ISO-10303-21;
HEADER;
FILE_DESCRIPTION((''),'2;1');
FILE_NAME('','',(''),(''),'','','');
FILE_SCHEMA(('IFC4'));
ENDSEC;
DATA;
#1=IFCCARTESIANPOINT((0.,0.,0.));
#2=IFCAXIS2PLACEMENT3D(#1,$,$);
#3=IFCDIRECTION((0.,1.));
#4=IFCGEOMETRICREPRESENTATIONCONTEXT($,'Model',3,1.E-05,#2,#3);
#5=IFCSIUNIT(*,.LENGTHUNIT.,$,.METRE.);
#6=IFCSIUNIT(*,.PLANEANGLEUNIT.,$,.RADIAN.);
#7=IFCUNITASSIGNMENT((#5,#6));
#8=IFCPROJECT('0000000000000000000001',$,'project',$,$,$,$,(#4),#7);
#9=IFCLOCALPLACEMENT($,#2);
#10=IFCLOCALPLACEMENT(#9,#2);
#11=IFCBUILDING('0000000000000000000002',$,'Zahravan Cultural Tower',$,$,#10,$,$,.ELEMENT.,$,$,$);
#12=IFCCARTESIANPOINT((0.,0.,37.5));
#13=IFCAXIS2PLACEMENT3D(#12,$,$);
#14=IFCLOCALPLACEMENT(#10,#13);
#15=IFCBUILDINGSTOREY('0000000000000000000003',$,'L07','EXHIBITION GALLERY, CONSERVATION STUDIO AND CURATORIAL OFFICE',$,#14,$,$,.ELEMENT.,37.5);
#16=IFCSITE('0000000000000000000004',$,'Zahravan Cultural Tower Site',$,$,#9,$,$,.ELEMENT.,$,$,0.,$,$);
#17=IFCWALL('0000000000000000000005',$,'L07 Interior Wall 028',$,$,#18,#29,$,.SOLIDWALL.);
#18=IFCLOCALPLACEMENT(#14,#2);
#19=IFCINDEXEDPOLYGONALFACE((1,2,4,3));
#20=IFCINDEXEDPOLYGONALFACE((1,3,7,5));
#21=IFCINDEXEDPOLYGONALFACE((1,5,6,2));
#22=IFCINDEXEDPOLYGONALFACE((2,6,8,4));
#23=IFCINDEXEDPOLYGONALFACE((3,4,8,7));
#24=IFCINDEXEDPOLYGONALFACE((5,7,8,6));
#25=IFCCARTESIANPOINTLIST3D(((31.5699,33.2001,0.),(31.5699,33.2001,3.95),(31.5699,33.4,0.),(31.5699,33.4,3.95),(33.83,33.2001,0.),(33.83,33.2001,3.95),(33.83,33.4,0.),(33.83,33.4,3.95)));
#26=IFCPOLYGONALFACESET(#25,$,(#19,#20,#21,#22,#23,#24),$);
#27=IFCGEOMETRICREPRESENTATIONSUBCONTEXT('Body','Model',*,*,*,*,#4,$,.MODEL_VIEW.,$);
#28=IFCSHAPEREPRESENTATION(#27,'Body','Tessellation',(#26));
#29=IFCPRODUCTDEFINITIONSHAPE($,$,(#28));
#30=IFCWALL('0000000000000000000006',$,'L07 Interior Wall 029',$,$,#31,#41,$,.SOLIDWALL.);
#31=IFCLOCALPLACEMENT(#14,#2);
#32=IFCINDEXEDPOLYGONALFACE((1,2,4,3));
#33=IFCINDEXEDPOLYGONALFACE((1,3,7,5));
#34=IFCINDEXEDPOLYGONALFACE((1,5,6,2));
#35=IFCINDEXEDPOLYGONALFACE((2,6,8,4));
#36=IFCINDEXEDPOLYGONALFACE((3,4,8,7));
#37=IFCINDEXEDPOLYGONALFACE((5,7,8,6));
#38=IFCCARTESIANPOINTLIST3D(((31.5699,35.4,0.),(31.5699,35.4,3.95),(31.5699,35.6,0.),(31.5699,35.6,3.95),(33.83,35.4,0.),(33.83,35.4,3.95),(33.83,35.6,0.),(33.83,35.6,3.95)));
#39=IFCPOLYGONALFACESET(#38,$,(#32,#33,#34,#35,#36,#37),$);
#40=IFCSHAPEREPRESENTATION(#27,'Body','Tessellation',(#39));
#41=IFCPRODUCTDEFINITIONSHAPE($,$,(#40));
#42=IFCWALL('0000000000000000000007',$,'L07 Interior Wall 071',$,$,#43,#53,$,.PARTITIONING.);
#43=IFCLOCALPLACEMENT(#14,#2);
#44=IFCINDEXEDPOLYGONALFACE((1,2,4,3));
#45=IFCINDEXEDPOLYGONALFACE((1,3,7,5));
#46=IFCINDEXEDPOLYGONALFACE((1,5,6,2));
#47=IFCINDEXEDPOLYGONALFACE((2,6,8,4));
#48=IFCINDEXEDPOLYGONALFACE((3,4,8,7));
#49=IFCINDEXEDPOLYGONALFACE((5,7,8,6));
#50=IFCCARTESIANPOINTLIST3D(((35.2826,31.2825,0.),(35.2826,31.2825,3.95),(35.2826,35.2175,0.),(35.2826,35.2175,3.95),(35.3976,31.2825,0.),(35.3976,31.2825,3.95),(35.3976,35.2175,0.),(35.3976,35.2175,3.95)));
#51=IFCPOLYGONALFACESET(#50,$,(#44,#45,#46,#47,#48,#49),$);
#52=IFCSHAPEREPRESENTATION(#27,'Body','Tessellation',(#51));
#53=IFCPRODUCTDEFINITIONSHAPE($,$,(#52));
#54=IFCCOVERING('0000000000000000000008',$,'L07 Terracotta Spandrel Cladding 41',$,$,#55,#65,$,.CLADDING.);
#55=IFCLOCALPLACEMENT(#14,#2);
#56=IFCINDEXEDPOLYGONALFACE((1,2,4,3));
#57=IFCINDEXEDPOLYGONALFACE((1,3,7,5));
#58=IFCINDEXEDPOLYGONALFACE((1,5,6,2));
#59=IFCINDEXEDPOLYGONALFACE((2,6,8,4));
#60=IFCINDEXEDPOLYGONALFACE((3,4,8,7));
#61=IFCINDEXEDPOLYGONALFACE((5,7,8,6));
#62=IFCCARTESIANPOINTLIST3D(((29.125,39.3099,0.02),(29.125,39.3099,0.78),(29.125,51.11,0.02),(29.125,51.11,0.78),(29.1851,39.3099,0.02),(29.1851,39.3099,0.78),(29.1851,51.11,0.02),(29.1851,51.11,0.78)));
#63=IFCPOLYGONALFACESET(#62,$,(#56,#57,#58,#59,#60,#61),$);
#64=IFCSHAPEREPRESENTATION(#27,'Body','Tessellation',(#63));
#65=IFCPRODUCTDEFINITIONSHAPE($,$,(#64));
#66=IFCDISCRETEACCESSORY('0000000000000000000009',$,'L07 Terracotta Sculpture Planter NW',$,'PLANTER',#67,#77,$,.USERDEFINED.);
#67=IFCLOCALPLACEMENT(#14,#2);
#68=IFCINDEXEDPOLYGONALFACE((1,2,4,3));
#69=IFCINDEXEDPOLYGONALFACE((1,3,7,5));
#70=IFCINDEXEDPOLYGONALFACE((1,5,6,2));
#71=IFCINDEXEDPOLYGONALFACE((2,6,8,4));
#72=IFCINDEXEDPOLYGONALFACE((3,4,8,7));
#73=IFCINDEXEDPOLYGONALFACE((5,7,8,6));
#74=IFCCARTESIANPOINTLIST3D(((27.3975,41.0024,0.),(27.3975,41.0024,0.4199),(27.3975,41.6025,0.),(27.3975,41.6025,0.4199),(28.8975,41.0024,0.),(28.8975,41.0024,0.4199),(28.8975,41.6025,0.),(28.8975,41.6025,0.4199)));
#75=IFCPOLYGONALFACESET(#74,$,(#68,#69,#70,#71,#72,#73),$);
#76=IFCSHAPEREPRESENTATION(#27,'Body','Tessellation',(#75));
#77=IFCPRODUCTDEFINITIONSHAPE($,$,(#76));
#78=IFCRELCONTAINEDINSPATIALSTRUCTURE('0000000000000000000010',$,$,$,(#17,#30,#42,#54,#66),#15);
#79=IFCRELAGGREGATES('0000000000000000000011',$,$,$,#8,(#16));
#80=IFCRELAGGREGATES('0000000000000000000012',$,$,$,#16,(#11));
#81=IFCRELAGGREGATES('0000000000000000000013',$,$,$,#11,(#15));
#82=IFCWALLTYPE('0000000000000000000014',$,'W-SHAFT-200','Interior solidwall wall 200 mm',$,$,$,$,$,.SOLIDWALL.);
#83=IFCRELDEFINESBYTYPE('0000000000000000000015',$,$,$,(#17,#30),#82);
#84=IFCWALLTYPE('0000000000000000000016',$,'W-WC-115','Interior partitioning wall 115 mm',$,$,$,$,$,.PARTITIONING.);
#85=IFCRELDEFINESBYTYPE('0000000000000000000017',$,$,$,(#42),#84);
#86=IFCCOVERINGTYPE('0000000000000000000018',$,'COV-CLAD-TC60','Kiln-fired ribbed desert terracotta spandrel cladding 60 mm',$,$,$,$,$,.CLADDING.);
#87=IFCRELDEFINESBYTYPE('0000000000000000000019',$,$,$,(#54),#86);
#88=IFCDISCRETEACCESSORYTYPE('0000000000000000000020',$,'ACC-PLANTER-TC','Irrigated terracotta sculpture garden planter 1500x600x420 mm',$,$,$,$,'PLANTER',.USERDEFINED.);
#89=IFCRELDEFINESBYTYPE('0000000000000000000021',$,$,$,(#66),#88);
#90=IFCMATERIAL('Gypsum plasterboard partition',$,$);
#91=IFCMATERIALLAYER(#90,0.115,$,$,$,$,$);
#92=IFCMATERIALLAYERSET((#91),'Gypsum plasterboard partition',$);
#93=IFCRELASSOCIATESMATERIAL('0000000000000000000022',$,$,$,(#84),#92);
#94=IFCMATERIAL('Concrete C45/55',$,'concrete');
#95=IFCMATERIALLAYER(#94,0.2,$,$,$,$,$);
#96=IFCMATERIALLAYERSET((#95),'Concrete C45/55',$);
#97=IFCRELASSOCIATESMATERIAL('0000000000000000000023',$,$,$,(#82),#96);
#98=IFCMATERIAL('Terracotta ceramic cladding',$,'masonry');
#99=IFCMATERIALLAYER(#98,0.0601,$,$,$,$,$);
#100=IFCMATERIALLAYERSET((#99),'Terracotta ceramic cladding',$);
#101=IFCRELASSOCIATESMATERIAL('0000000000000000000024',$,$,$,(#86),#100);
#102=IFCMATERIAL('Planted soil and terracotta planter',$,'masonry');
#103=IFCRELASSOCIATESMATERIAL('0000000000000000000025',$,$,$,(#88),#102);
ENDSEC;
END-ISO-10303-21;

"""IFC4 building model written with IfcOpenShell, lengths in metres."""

from ifc_helpers import new_model, si_unit, direction, frame, frame_2d, origin, origin_2d, place, context, subcontext, project, spatial, rectangle, extrude, source, transform, mapped, material, layer, layer_set, type_object, element, save


model = new_model("IFC4")

# Units and contexts
model_context = context("Model", 3, precision=1e-05, world=origin(), true_north=direction((0.0, 1.0)))
body_context = subcontext(model_context, "Body", "Model", "MODEL_VIEW")
ifc_project = project(units=[si_unit("LENGTHUNIT", "METRE"), si_unit("PLANEANGLEUNIT", "RADIAN")], contexts=[model_context])

# Site, building, storey
site_placement = place(None, origin())
site = spatial("IfcSite", under=ifc_project, at=site_placement, Name="Zahravan Cultural Tower Site", CompositionType="ELEMENT", RefElevation=0.0)
building_placement = place(site_placement, origin())
building = spatial("IfcBuilding", under=site, at=building_placement, Name="Zahravan Cultural Tower", CompositionType="ELEMENT")
storey_placement = place(building_placement, frame((0.0, 0.0, 37.5)))
storey = spatial("IfcBuildingStorey", under=building, at=storey_placement, Name="L07", Description="EXHIBITION GALLERY, CONSERVATION STUDIO AND CURATORIAL OFFICE", CompositionType="ELEMENT", Elevation=37.5)

# Shared definitions
ifc_material_1 = material(Name="Gypsum plasterboard partition")
ifc_layer_1 = layer(ifc_material_1, 0.115)
ifc_layer_set_1 = layer_set([ifc_layer_1], Name="Gypsum plasterboard partition")
wall_type_1 = type_object("IfcWallType", Name="W-WC-115", Description="Interior partitioning wall 115 mm", PredefinedType="PARTITIONING", material=ifc_layer_set_1)

# Walls
ifc_material_2 = material(Name="Concrete C45/55", Category="concrete")
ifc_layer_2 = layer(ifc_material_2, 0.2)
ifc_layer_set_2 = layer_set([ifc_layer_2], Name="Concrete C45/55")
wall_type_2 = type_object("IfcWallType", Name="W-SHAFT-200", Description="Interior solidwall wall 200 mm", PredefinedType="SOLIDWALL", material=ifc_layer_set_2)
shared_shape_1 = source(origin(), body_context, "Body", "SweptSolid", [
    extrude(rectangle(XDim=2.26, YDim=0.2, at=frame_2d((1.1299, 0.0))), origin(), (0.0, 0.0, 1.0), 3.95),
])
for number, where, z_axis, x_axis, name in (
    (1, (31.5701, 33.3, 0.0), (0.0, 0.0, 1.0), (1.0, 0.0, 0.0), "L07 Interior Wall 028"),
    (2, (31.5701, 35.5, 0.0), (0.0, 0.0, 1.0), (1.0, 0.0, 0.0), "L07 Interior Wall 029"),
):
    element("IfcWall", number, at=place(storey_placement, frame(where, z_axis=z_axis, x_axis=x_axis)), inside=storey, type_object=wall_type_2, Name=name, PredefinedType="SOLIDWALL", context=body_context, shape_type="MappedRepresentation", body=[
        mapped(shared_shape_1, transform((0.0, 0.0, 0.0), x_axis=(1.0, 0.0, 0.0), y_axis=(0.0, 1.0, 0.0), z_axis=(0.0, 0.0, 1.0), scale=1.0)),
    ])
shared_shape_2 = source(origin(), body_context, "Body", "SweptSolid", [
    extrude(rectangle(XDim=3.9351, YDim=0.115, at=frame_2d((1.9675, 0.0))), origin(), (0.0, 0.0, 1.0), 3.95),
])
wall_1_placement = place(storey_placement, frame((35.3401, 35.2175, 0.0), z_axis=(0.0, 0.0, 1.0), x_axis=(0.0, -1.0, 0.0)))
element("IfcWall", 3, at=wall_1_placement, inside=storey, type_object=wall_type_1, Name="L07 Interior Wall 071", PredefinedType="PARTITIONING", context=body_context, shape_type="MappedRepresentation", body=[
    mapped(shared_shape_2, transform((0.0, 0.0, 0.0), x_axis=(1.0, 0.0, 0.0), y_axis=(0.0, 1.0, 0.0), z_axis=(0.0, 0.0, 1.0), scale=1.0)),
])

# Covering
ifc_material_3 = material(Name="Terracotta ceramic cladding", Category="masonry")
ifc_layer_3 = layer(ifc_material_3, 0.0601)
ifc_layer_set_3 = layer_set([ifc_layer_3], Name="Terracotta ceramic cladding")
covering_type = type_object("IfcCoveringType", Name="COV-CLAD-TC60", Description="Kiln-fired ribbed desert terracotta spandrel cladding 60 mm", PredefinedType="CLADDING", material=ifc_layer_set_3)
shared_shape_3 = source(origin(), body_context, "Body", "SweptSolid", [
    extrude(rectangle(XDim=11.8, YDim=0.0601, at=origin_2d()), origin(), (0.0, 0.0, 1.0), 0.76),
])
covering_placement = place(storey_placement, frame((29.155, 45.21, 0.02), z_axis=(0.0, 0.0, 1.0), x_axis=(0.0, 1.0, 0.0)))
element("IfcCovering", 4, at=covering_placement, inside=storey, type_object=covering_type, Name="L07 Terracotta Spandrel Cladding 41", PredefinedType="CLADDING", context=body_context, shape_type="MappedRepresentation", body=[
    mapped(shared_shape_3, transform((0.0, 0.0, 0.0), x_axis=(1.0, 0.0, 0.0), y_axis=(0.0, 1.0, 0.0), z_axis=(0.0, 0.0, 1.0), scale=1.0)),
])

# Discrete accessory
ifc_material_4 = material(Name="Planted soil and terracotta planter", Category="masonry")
discrete_accessory_type = type_object("IfcDiscreteAccessoryType", Name="ACC-PLANTER-TC", Description="Irrigated terracotta sculpture garden planter 1500x600x420 mm", ElementType="PLANTER", PredefinedType="USERDEFINED", material=ifc_material_4)
shared_shape_4 = source(origin(), body_context, "Body", "SweptSolid", [
    extrude(rectangle(XDim=1.5, YDim=0.6001, at=origin_2d()), origin(), (0.0, 0.0, 1.0), 0.4199),
])
discrete_accessory_placement = place(storey_placement, frame((28.1475, 41.3025, 0.0), z_axis=(0.0, 0.0, 1.0), x_axis=(1.0, 0.0, 0.0)))
element("IfcDiscreteAccessory", 5, at=discrete_accessory_placement, inside=storey, type_object=discrete_accessory_type, Name="L07 Terracotta Sculpture Planter NW", ObjectType="PLANTER", PredefinedType="USERDEFINED", context=body_context, shape_type="MappedRepresentation", body=[
    mapped(shared_shape_4, transform((0.0, 0.0, 0.0), x_axis=(1.0, 0.0, 0.0), y_axis=(0.0, 1.0, 0.0), z_axis=(0.0, 0.0, 1.0), scale=1.0)),
])

save(model, "model.ifc")
